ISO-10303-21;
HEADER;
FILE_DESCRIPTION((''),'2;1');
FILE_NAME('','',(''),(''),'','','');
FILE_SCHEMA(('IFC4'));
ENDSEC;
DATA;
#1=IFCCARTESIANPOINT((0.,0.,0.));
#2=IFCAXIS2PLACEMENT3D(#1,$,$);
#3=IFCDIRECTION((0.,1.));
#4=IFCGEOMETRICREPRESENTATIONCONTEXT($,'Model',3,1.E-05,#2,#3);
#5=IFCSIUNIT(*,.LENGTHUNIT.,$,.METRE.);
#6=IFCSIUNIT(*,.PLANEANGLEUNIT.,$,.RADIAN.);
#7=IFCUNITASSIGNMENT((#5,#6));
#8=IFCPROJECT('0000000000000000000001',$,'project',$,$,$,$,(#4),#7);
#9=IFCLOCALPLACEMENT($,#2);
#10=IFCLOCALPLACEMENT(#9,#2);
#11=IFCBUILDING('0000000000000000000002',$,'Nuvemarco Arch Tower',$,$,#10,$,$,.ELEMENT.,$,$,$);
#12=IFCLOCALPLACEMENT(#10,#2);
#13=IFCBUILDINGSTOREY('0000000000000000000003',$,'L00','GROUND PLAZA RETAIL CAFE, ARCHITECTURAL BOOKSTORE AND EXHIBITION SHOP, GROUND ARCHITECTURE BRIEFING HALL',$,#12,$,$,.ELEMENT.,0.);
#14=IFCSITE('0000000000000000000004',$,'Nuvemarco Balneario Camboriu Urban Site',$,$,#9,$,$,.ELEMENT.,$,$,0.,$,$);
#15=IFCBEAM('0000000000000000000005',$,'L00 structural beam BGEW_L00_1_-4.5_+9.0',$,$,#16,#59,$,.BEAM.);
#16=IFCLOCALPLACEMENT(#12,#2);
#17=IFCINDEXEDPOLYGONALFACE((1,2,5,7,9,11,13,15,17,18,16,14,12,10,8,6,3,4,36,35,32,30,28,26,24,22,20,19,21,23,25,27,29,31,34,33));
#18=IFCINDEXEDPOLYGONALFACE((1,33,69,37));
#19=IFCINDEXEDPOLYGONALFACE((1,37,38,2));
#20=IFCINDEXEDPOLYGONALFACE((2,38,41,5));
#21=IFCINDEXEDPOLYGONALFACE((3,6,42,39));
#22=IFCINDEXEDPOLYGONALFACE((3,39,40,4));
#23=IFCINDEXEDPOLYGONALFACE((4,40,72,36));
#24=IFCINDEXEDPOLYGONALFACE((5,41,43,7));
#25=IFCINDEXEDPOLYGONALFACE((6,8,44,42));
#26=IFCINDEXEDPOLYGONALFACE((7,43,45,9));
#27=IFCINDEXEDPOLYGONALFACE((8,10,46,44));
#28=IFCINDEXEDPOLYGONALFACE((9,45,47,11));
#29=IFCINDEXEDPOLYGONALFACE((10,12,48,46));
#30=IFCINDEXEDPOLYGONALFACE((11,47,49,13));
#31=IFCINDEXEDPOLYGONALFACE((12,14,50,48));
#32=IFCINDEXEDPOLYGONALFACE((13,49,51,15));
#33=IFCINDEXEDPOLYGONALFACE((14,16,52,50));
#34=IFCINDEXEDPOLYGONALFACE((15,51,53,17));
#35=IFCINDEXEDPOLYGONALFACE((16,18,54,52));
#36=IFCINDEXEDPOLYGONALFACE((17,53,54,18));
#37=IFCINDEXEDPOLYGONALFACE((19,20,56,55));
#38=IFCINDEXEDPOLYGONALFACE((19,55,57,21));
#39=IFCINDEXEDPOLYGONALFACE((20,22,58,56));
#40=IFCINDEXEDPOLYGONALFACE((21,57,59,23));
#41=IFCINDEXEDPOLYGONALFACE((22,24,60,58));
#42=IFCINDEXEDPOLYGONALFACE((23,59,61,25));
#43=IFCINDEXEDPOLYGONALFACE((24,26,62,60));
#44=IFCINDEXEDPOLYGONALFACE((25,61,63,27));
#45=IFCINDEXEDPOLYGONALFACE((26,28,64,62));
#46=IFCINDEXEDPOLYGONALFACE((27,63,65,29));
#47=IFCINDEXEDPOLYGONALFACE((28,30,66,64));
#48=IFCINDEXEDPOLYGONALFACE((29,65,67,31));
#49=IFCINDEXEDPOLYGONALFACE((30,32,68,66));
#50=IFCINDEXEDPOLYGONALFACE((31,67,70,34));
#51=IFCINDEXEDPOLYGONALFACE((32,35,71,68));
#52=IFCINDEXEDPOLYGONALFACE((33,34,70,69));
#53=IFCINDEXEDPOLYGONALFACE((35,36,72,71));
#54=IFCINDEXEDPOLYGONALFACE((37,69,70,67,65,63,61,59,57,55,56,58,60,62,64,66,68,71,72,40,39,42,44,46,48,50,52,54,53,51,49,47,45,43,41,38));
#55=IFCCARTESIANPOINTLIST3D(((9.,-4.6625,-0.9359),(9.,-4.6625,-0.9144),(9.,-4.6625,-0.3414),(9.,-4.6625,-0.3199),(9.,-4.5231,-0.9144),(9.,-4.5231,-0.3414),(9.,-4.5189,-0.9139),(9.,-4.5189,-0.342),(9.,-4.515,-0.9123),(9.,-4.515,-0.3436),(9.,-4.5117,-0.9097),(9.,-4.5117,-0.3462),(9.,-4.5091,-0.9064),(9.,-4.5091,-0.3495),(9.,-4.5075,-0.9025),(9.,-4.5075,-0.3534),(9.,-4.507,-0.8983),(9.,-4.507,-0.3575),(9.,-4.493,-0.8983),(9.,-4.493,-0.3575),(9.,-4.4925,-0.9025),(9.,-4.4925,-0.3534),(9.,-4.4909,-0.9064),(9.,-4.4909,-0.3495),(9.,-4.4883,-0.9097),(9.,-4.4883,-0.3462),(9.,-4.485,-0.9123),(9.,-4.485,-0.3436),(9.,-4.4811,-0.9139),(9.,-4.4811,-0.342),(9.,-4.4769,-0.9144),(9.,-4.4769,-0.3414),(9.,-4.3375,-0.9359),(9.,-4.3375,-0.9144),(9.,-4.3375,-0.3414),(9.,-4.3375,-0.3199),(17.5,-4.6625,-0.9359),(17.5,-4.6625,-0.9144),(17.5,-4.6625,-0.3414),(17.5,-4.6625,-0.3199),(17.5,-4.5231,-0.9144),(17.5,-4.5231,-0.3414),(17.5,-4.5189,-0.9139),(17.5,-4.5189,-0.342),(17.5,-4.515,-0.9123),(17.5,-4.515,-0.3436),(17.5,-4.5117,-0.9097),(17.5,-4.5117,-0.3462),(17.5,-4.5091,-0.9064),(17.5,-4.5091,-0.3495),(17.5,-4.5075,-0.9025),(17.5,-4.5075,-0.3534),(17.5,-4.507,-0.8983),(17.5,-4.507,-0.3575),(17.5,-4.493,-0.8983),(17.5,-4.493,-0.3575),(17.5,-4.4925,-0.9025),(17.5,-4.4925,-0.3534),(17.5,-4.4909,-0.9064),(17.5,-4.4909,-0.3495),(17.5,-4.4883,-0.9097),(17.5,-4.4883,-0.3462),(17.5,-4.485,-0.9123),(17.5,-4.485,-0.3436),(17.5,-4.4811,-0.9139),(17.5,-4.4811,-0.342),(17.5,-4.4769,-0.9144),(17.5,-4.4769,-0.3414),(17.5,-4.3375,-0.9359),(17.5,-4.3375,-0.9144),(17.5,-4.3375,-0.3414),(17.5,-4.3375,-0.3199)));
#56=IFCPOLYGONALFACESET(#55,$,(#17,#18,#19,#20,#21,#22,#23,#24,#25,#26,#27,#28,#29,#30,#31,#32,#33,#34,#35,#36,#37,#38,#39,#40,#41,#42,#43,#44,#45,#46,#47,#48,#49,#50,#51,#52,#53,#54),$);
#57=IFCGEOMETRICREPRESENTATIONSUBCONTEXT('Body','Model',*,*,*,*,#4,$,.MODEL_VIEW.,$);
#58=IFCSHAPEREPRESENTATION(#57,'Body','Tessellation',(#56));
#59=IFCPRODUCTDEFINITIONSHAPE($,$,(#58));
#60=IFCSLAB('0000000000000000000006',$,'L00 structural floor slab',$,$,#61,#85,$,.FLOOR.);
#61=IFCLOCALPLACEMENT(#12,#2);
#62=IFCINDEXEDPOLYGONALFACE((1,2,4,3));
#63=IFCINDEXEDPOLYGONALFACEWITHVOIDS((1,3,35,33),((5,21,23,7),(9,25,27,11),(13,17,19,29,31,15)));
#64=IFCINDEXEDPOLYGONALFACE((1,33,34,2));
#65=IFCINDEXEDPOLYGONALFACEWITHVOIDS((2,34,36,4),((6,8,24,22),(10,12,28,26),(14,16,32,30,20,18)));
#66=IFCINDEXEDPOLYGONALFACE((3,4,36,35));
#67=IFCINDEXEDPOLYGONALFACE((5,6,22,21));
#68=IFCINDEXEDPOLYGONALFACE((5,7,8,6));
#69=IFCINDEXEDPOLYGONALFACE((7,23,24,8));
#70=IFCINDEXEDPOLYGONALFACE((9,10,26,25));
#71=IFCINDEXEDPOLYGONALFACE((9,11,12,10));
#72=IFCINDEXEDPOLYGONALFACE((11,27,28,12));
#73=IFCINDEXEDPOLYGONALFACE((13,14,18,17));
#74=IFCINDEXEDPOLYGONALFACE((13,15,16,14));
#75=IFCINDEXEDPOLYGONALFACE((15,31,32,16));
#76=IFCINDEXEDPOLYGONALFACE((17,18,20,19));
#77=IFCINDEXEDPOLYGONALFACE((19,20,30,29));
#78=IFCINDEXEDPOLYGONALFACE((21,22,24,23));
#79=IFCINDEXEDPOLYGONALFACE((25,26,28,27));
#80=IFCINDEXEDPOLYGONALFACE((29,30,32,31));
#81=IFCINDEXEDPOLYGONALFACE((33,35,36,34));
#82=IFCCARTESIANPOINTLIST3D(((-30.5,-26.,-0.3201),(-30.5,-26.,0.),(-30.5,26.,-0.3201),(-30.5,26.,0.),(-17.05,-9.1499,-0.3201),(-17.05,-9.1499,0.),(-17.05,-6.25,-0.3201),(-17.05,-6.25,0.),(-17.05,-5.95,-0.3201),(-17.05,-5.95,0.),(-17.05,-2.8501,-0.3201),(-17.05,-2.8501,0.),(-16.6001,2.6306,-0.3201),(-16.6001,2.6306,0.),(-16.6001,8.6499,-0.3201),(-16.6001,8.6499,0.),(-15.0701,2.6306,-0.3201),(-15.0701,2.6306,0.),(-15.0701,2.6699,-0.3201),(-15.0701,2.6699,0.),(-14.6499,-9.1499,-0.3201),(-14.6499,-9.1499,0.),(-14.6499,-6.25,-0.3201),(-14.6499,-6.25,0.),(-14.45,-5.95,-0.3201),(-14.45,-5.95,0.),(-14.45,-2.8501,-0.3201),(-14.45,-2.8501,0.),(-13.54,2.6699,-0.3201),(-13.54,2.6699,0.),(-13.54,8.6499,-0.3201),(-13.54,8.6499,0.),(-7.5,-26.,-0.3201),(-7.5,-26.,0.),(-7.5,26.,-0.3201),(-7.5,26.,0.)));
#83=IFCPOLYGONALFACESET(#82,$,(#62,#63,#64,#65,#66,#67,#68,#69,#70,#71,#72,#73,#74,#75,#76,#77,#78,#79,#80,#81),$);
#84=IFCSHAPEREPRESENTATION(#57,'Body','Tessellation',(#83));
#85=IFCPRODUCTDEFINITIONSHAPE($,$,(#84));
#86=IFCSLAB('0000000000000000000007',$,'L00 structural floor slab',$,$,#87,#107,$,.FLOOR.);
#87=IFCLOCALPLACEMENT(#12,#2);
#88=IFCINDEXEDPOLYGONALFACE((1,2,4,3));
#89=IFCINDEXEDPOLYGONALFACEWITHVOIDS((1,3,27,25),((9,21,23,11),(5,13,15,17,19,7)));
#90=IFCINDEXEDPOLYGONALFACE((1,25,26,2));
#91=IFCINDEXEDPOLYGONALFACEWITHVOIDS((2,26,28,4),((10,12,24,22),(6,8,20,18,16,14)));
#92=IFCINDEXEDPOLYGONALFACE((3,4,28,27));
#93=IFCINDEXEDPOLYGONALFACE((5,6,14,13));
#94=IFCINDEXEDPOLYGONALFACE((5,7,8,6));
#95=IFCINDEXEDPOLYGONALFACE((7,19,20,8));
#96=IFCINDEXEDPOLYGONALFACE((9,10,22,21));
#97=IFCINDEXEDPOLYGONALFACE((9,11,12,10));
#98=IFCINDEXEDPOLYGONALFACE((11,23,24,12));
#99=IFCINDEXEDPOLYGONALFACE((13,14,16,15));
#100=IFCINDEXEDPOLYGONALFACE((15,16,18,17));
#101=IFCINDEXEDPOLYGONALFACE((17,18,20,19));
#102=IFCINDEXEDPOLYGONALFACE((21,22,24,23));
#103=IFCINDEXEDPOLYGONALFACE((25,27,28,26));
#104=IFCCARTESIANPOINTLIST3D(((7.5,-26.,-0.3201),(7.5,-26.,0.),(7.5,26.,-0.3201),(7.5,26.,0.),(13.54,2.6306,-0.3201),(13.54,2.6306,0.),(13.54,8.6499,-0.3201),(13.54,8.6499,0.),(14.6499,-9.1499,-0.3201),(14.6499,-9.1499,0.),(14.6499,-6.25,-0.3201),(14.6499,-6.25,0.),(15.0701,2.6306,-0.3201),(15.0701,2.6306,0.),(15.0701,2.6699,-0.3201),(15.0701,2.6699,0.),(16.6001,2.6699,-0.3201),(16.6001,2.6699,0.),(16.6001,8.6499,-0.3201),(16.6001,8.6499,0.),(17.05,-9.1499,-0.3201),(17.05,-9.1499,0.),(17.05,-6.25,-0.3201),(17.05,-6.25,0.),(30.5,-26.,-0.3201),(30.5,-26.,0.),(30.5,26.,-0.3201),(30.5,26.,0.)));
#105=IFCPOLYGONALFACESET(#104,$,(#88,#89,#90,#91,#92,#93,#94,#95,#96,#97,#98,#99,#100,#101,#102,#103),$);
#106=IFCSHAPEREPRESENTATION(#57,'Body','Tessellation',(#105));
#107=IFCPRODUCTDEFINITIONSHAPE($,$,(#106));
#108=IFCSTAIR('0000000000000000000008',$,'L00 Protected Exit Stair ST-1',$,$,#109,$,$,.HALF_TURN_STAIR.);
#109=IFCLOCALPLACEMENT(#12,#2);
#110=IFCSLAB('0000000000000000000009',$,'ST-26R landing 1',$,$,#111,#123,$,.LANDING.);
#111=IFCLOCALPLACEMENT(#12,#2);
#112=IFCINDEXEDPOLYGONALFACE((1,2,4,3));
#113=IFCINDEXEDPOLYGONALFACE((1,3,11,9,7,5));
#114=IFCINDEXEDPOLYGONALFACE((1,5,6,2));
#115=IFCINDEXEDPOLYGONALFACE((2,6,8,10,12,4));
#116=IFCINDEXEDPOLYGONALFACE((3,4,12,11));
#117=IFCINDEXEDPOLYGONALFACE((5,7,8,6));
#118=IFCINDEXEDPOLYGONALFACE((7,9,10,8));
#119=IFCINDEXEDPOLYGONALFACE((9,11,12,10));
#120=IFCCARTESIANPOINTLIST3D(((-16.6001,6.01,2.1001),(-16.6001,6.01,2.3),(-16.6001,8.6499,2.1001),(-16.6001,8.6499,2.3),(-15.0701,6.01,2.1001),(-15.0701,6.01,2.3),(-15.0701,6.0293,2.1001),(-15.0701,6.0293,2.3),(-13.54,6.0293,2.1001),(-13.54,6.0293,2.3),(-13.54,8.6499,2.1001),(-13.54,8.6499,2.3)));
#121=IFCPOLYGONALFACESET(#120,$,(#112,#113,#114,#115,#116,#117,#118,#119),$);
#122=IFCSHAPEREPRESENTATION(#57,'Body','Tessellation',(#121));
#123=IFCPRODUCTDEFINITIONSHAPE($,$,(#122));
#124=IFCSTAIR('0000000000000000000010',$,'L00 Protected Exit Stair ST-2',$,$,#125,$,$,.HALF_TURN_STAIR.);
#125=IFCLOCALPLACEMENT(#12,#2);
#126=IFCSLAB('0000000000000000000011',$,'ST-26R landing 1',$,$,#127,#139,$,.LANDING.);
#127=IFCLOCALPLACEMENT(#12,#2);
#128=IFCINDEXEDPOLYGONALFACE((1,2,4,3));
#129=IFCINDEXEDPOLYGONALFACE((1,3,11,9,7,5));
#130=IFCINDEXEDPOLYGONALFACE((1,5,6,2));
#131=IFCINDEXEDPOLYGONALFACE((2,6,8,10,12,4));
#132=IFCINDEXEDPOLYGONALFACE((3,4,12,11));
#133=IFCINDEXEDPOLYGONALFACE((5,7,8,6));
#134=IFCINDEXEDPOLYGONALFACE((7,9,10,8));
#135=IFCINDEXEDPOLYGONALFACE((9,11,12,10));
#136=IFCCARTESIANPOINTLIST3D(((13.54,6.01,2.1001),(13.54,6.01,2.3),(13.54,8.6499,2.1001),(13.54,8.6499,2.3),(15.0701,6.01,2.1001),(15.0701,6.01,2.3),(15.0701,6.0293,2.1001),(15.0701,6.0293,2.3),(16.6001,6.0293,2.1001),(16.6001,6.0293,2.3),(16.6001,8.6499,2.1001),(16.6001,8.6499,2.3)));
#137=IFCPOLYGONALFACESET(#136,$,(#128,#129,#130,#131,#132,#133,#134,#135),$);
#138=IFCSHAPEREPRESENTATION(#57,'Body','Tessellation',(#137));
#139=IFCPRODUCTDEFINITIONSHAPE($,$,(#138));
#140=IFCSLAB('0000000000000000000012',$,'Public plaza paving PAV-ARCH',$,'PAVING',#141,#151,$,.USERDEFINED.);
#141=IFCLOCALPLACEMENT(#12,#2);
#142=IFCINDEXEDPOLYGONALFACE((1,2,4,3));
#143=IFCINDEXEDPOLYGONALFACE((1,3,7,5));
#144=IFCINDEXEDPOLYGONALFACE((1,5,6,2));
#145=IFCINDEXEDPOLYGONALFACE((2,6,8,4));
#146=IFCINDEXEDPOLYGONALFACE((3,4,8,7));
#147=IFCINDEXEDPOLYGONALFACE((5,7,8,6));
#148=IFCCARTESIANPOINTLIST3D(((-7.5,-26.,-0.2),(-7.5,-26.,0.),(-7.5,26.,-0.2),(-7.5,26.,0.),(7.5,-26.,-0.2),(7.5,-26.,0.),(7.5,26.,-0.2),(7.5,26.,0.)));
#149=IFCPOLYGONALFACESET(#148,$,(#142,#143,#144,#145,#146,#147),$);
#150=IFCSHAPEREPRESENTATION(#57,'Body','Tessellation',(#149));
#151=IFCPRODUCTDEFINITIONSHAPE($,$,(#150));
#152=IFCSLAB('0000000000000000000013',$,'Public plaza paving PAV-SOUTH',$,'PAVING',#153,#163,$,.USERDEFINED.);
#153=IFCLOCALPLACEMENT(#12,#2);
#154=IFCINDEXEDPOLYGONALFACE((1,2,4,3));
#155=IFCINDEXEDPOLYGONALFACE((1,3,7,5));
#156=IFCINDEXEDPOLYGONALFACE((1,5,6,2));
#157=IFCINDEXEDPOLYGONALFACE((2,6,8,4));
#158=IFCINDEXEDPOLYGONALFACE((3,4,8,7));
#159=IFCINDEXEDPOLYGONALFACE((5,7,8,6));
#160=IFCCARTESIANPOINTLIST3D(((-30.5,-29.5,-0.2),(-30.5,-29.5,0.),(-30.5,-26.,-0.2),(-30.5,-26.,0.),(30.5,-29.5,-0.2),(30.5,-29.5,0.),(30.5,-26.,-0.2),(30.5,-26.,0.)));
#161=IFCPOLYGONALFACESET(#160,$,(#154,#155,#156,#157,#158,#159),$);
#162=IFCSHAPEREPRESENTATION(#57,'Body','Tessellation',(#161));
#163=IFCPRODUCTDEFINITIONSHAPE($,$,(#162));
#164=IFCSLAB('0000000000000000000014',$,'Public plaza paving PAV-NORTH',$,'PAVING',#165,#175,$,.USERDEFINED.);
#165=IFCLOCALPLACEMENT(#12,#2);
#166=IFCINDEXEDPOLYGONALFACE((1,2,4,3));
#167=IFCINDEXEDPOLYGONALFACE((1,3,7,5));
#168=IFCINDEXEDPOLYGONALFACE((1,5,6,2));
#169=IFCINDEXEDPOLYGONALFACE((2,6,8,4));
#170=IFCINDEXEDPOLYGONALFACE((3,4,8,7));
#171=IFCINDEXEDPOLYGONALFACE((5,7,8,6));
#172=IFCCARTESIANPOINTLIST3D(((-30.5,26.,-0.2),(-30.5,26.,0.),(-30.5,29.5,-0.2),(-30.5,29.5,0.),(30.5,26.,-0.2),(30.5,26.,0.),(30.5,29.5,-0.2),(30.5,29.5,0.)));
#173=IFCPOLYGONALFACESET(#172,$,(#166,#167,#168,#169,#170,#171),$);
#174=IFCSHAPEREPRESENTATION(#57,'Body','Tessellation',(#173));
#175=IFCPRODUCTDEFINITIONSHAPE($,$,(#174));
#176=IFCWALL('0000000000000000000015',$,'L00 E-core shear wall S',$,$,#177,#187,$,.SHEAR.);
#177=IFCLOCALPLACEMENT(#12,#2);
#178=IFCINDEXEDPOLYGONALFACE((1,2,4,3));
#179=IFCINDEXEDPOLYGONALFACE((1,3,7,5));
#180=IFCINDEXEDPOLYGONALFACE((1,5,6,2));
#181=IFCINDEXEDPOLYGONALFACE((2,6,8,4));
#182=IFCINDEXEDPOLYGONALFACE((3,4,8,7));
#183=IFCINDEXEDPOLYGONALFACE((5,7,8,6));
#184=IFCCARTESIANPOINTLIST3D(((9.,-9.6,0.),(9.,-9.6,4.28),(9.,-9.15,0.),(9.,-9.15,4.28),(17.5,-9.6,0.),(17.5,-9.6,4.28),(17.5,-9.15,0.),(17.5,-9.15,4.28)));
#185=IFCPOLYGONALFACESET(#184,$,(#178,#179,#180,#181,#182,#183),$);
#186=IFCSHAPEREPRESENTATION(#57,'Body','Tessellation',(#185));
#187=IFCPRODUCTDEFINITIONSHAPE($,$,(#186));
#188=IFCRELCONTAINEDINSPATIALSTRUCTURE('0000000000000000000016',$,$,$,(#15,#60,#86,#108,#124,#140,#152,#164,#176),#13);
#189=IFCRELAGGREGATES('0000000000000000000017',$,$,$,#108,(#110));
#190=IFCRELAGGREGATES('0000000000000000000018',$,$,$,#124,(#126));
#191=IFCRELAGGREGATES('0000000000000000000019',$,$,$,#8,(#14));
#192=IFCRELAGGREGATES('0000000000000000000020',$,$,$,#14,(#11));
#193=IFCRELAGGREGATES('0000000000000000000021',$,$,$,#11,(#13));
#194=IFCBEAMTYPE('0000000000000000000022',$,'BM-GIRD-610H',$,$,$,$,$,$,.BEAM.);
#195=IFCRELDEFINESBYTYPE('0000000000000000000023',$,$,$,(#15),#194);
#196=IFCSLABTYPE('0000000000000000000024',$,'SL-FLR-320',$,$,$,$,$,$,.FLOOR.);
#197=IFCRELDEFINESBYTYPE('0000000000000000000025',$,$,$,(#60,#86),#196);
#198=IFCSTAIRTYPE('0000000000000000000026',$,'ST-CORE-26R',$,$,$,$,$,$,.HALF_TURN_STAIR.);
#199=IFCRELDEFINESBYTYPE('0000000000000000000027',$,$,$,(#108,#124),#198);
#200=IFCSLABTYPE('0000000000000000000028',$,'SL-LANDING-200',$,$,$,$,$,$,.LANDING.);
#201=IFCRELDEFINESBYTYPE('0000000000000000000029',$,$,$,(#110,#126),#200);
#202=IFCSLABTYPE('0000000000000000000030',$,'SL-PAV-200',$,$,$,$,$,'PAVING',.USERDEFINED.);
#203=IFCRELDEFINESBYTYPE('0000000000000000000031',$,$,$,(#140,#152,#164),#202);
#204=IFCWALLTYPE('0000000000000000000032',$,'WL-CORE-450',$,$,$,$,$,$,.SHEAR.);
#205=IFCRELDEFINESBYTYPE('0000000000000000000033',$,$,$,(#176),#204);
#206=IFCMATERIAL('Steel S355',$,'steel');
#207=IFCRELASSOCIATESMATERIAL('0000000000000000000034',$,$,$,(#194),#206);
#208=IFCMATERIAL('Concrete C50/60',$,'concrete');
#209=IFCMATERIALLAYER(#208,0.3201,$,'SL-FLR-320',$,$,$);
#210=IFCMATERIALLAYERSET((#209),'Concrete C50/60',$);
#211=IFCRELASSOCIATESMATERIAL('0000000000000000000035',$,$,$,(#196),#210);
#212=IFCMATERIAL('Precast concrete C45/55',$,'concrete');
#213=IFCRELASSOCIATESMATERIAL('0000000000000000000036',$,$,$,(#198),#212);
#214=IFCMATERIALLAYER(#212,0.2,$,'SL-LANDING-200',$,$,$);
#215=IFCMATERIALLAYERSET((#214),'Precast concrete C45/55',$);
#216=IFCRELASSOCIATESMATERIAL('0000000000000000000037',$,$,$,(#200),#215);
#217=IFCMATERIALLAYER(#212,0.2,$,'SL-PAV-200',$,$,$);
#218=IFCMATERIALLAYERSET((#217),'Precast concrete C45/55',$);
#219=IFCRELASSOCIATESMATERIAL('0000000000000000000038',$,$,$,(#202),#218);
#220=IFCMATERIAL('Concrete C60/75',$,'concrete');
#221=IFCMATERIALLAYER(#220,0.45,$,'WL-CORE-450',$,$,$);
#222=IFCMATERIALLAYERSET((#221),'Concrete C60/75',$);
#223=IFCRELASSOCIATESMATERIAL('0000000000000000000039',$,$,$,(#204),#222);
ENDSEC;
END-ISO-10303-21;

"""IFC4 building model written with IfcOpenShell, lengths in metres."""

from ifc_helpers import new_model, si_unit, direction, frame, frame_2d, origin, origin_2d, place, context, subcontext, project, spatial, polyline, rectangle, i_section, outline, extrude, material, layer, layer_set, material_profile, profile_set, type_object, element, aggregate, save


model = new_model("IFC4")

# Units and contexts
model_context = context("Model", 3, precision=1e-05, world=origin(), true_north=direction((0.0, 1.0)))
body_context = subcontext(model_context, "Body", "Model", "MODEL_VIEW")
ifc_project = project(units=[si_unit("LENGTHUNIT", "METRE"), si_unit("PLANEANGLEUNIT", "RADIAN")], contexts=[model_context])

# Site, building, storey
site_placement = place(None, origin())
site = spatial("IfcSite", under=ifc_project, at=site_placement, Name="Nuvemarco Balneario Camboriu Urban Site", CompositionType="ELEMENT", RefElevation=0.0)
building_placement = place(site_placement, origin())
building = spatial("IfcBuilding", under=site, at=building_placement, Name="Nuvemarco Arch Tower", CompositionType="ELEMENT")
storey_placement = place(building_placement, origin())
storey = spatial("IfcBuildingStorey", under=building, at=storey_placement, Name="L00", Description="GROUND PLAZA RETAIL CAFE, ARCHITECTURAL BOOKSTORE AND EXHIBITION SHOP, GROUND ARCHITECTURE BRIEFING HALL", CompositionType="ELEMENT", Elevation=0.0)

# Shared definitions
ifc_material_1 = material(Name="Concrete C60/75", Category="concrete")

# Beam
ifc_material_2 = material(Name="Steel S355", Category="steel")
ifc_material_profile_1 = material_profile(ifc_material_2, i_section(OverallWidth=0.325, OverallDepth=0.616, WebThickness=0.0139, FlangeThickness=0.0215, FilletRadius=0.0161, at=origin_2d()), Name="W610x174")
ifc_profile_set_1 = profile_set([ifc_material_profile_1], Name="Steel S355")
beam_type = type_object("IfcBeamType", Name="BM-GIRD-610H", PredefinedType="BEAM", material=ifc_profile_set_1)
for number, where, z_axis, x_axis, name in (
    (1, (9.0, -4.5, -0.6279), (1.0, 0.0, 0.0), (0.0, 1.0, 0.0), "L00 structural beam BGEW_L00_1_-4.5_+9.0"),
):
    element("IfcBeam", number, at=place(storey_placement, frame(where, z_axis=z_axis, x_axis=x_axis)), inside=storey, type_object=beam_type, Name=name, PredefinedType="BEAM", context=body_context, shape_type="SweptSolid", body=[
        extrude(i_section(OverallWidth=0.325, OverallDepth=0.616, WebThickness=0.0139, FlangeThickness=0.0215, FilletRadius=0.0161, at=origin_2d()), origin(), (0.0, 0.0, 1.0), 8.5),
    ])

# Slabs
ifc_material_3 = material(Name="Concrete C50/60", Category="concrete")
ifc_layer_1 = layer(ifc_material_3, 0.3201, Name="SL-FLR-320")
ifc_layer_set_1 = layer_set([ifc_layer_1], Name="Concrete C50/60")
slab_type_1 = type_object("IfcSlabType", Name="SL-FLR-320", PredefinedType="FLOOR", material=ifc_layer_set_1)
slab_1_placement = place(storey_placement, frame((0.0, 0.0, -0.3201)))
element("IfcSlab", 2, at=slab_1_placement, inside=storey, type_object=slab_type_1, Name="L00 structural floor slab", PredefinedType="FLOOR", context=body_context, shape_type="SweptSolid", body=[
    extrude(outline(polyline([(-30.5, -26.0), (-7.5, -26.0), (-7.5, 26.0), (-30.5, 26.0), (-30.5, -26.0)]), holes=[polyline([(-13.54, 2.6699), (-13.54, 8.6499), (-16.6001, 8.6499), (-16.6001, 2.6306), (-15.0701, 2.6306), (-15.0701, 2.6699), (-13.54, 2.6699)]), polyline([(-17.05, -9.1499), (-14.6499, -9.1499), (-14.6499, -6.25), (-17.05, -6.25), (-17.05, -9.1499)]), polyline([(-17.05, -5.95), (-14.45, -5.95), (-14.45, -2.8501), (-17.05, -2.8501), (-17.05, -5.95)])]), origin(), (0.0, 0.0, 1.0), 0.3201),
])
slab_2_placement = place(storey_placement, frame((0.0, 0.0, -0.3201)))
element("IfcSlab", 3, at=slab_2_placement, inside=storey, type_object=slab_type_1, Name="L00 structural floor slab", PredefinedType="FLOOR", context=body_context, shape_type="SweptSolid", body=[
    extrude(outline(polyline([(7.5, -26.0), (30.5, -26.0), (30.5, 26.0), (7.5, 26.0), (7.5, -26.0)]), holes=[polyline([(16.6001, 2.6699), (16.6001, 8.6499), (13.54, 8.6499), (13.54, 2.6306), (15.0701, 2.6306), (15.0701, 2.6699), (16.6001, 2.6699)]), polyline([(14.6499, -9.1499), (17.05, -9.1499), (17.05, -6.25), (14.6499, -6.25), (14.6499, -9.1499)])]), origin(), (0.0, 0.0, 1.0), 0.3201),
])

# Stairs, slabs
ifc_material_4 = material(Name="Precast concrete C45/55", Category="concrete")
stair_type = type_object("IfcStairType", Name="ST-CORE-26R", PredefinedType="HALF_TURN_STAIR", material=ifc_material_4)
stair_1_placement = place(storey_placement, origin())
stair_1 = element("IfcStair", 4, at=stair_1_placement, inside=storey, type_object=stair_type, Name="L00 Protected Exit Stair ST-1", PredefinedType="HALF_TURN_STAIR")
ifc_layer_2 = layer(ifc_material_4, 0.2, Name="SL-LANDING-200")
ifc_layer_set_2 = layer_set([ifc_layer_2], Name="Precast concrete C45/55")
slab_type_2 = type_object("IfcSlabType", Name="SL-LANDING-200", PredefinedType="LANDING", material=ifc_layer_set_2)
slab_3_placement = place(storey_placement, frame((0.0, 0.0, 2.1001)))
slab_3 = element("IfcSlab", 5, at=slab_3_placement, type_object=slab_type_2, Name="ST-26R landing 1", PredefinedType="LANDING", context=body_context, shape_type="SweptSolid", body=[
    extrude(outline(polyline([(-13.54, 6.0293), (-13.54, 8.6499), (-16.6001, 8.6499), (-16.6001, 6.01), (-15.0701, 6.01), (-15.0701, 6.0293), (-13.54, 6.0293)])), origin(), (0.0, 0.0, 1.0), 0.2),
])
aggregate(stair_1, [slab_3])
stair_2_placement = place(storey_placement, origin())
stair_2 = element("IfcStair", 6, at=stair_2_placement, inside=storey, type_object=stair_type, Name="L00 Protected Exit Stair ST-2", PredefinedType="HALF_TURN_STAIR")
slab_4_placement = place(storey_placement, frame((0.0, 0.0, 2.1001)))
slab_4 = element("IfcSlab", 7, at=slab_4_placement, type_object=slab_type_2, Name="ST-26R landing 1", PredefinedType="LANDING", context=body_context, shape_type="SweptSolid", body=[
    extrude(outline(polyline([(16.6001, 6.0293), (16.6001, 8.6499), (13.54, 8.6499), (13.54, 6.01), (15.0701, 6.01), (15.0701, 6.0293), (16.6001, 6.0293)])), origin(), (0.0, 0.0, 1.0), 0.2),
])
aggregate(stair_2, [slab_4])

# Slabs
ifc_layer_3 = layer(ifc_material_4, 0.2, Name="SL-PAV-200")
ifc_layer_set_3 = layer_set([ifc_layer_3], Name="Precast concrete C45/55")
slab_type_3 = type_object("IfcSlabType", Name="SL-PAV-200", ElementType="PAVING", PredefinedType="USERDEFINED", material=ifc_layer_set_3)
slab_5_placement = place(storey_placement, frame((0.0, 0.0, -0.2)))
element("IfcSlab", 8, at=slab_5_placement, inside=storey, type_object=slab_type_3, Name="Public plaza paving PAV-ARCH", ObjectType="PAVING", PredefinedType="USERDEFINED", context=body_context, shape_type="SweptSolid", body=[
    extrude(outline(polyline([(-7.5, -26.0), (7.5, -26.0), (7.5, 26.0), (-7.5, 26.0), (-7.5, -26.0)])), origin(), (0.0, 0.0, 1.0), 0.2),
])
slab_6_placement = place(storey_placement, frame((0.0, 0.0, -0.2)))
element("IfcSlab", 9, at=slab_6_placement, inside=storey, type_object=slab_type_3, Name="Public plaza paving PAV-SOUTH", ObjectType="PAVING", PredefinedType="USERDEFINED", context=body_context, shape_type="SweptSolid", body=[
    extrude(outline(polyline([(-30.5, -29.5), (30.5, -29.5), (30.5, -26.0), (-30.5, -26.0), (-30.5, -29.5)])), origin(), (0.0, 0.0, 1.0), 0.2),
])
slab_7_placement = place(storey_placement, frame((0.0, 0.0, -0.2)))
element("IfcSlab", 10, at=slab_7_placement, inside=storey, type_object=slab_type_3, Name="Public plaza paving PAV-NORTH", ObjectType="PAVING", PredefinedType="USERDEFINED", context=body_context, shape_type="SweptSolid", body=[
    extrude(outline(polyline([(-30.5, 26.0), (30.5, 26.0), (30.5, 29.5), (-30.5, 29.5), (-30.5, 26.0)])), origin(), (0.0, 0.0, 1.0), 0.2),
])

# Wall
ifc_layer_4 = layer(ifc_material_1, 0.45, Name="WL-CORE-450")
ifc_layer_set_4 = layer_set([ifc_layer_4], Name="Concrete C60/75")
wall_type = type_object("IfcWallType", Name="WL-CORE-450", PredefinedType="SHEAR", material=ifc_layer_set_4)
wall_1_placement = place(storey_placement, frame((9.0, -9.375, 0.0), z_axis=(0.0, 0.0, 1.0), x_axis=(1.0, 0.0, 0.0)))
element("IfcWall", 11, at=wall_1_placement, inside=storey, type_object=wall_type, Name="L00 E-core shear wall S", PredefinedType="SHEAR", context=body_context, shape_type="SweptSolid", body=[
    extrude(rectangle(XDim=8.5, YDim=0.45, at=frame_2d((4.25, 0.0))), origin(), (0.0, 0.0, 1.0), 4.28),
])

save(model, "model.ifc")
